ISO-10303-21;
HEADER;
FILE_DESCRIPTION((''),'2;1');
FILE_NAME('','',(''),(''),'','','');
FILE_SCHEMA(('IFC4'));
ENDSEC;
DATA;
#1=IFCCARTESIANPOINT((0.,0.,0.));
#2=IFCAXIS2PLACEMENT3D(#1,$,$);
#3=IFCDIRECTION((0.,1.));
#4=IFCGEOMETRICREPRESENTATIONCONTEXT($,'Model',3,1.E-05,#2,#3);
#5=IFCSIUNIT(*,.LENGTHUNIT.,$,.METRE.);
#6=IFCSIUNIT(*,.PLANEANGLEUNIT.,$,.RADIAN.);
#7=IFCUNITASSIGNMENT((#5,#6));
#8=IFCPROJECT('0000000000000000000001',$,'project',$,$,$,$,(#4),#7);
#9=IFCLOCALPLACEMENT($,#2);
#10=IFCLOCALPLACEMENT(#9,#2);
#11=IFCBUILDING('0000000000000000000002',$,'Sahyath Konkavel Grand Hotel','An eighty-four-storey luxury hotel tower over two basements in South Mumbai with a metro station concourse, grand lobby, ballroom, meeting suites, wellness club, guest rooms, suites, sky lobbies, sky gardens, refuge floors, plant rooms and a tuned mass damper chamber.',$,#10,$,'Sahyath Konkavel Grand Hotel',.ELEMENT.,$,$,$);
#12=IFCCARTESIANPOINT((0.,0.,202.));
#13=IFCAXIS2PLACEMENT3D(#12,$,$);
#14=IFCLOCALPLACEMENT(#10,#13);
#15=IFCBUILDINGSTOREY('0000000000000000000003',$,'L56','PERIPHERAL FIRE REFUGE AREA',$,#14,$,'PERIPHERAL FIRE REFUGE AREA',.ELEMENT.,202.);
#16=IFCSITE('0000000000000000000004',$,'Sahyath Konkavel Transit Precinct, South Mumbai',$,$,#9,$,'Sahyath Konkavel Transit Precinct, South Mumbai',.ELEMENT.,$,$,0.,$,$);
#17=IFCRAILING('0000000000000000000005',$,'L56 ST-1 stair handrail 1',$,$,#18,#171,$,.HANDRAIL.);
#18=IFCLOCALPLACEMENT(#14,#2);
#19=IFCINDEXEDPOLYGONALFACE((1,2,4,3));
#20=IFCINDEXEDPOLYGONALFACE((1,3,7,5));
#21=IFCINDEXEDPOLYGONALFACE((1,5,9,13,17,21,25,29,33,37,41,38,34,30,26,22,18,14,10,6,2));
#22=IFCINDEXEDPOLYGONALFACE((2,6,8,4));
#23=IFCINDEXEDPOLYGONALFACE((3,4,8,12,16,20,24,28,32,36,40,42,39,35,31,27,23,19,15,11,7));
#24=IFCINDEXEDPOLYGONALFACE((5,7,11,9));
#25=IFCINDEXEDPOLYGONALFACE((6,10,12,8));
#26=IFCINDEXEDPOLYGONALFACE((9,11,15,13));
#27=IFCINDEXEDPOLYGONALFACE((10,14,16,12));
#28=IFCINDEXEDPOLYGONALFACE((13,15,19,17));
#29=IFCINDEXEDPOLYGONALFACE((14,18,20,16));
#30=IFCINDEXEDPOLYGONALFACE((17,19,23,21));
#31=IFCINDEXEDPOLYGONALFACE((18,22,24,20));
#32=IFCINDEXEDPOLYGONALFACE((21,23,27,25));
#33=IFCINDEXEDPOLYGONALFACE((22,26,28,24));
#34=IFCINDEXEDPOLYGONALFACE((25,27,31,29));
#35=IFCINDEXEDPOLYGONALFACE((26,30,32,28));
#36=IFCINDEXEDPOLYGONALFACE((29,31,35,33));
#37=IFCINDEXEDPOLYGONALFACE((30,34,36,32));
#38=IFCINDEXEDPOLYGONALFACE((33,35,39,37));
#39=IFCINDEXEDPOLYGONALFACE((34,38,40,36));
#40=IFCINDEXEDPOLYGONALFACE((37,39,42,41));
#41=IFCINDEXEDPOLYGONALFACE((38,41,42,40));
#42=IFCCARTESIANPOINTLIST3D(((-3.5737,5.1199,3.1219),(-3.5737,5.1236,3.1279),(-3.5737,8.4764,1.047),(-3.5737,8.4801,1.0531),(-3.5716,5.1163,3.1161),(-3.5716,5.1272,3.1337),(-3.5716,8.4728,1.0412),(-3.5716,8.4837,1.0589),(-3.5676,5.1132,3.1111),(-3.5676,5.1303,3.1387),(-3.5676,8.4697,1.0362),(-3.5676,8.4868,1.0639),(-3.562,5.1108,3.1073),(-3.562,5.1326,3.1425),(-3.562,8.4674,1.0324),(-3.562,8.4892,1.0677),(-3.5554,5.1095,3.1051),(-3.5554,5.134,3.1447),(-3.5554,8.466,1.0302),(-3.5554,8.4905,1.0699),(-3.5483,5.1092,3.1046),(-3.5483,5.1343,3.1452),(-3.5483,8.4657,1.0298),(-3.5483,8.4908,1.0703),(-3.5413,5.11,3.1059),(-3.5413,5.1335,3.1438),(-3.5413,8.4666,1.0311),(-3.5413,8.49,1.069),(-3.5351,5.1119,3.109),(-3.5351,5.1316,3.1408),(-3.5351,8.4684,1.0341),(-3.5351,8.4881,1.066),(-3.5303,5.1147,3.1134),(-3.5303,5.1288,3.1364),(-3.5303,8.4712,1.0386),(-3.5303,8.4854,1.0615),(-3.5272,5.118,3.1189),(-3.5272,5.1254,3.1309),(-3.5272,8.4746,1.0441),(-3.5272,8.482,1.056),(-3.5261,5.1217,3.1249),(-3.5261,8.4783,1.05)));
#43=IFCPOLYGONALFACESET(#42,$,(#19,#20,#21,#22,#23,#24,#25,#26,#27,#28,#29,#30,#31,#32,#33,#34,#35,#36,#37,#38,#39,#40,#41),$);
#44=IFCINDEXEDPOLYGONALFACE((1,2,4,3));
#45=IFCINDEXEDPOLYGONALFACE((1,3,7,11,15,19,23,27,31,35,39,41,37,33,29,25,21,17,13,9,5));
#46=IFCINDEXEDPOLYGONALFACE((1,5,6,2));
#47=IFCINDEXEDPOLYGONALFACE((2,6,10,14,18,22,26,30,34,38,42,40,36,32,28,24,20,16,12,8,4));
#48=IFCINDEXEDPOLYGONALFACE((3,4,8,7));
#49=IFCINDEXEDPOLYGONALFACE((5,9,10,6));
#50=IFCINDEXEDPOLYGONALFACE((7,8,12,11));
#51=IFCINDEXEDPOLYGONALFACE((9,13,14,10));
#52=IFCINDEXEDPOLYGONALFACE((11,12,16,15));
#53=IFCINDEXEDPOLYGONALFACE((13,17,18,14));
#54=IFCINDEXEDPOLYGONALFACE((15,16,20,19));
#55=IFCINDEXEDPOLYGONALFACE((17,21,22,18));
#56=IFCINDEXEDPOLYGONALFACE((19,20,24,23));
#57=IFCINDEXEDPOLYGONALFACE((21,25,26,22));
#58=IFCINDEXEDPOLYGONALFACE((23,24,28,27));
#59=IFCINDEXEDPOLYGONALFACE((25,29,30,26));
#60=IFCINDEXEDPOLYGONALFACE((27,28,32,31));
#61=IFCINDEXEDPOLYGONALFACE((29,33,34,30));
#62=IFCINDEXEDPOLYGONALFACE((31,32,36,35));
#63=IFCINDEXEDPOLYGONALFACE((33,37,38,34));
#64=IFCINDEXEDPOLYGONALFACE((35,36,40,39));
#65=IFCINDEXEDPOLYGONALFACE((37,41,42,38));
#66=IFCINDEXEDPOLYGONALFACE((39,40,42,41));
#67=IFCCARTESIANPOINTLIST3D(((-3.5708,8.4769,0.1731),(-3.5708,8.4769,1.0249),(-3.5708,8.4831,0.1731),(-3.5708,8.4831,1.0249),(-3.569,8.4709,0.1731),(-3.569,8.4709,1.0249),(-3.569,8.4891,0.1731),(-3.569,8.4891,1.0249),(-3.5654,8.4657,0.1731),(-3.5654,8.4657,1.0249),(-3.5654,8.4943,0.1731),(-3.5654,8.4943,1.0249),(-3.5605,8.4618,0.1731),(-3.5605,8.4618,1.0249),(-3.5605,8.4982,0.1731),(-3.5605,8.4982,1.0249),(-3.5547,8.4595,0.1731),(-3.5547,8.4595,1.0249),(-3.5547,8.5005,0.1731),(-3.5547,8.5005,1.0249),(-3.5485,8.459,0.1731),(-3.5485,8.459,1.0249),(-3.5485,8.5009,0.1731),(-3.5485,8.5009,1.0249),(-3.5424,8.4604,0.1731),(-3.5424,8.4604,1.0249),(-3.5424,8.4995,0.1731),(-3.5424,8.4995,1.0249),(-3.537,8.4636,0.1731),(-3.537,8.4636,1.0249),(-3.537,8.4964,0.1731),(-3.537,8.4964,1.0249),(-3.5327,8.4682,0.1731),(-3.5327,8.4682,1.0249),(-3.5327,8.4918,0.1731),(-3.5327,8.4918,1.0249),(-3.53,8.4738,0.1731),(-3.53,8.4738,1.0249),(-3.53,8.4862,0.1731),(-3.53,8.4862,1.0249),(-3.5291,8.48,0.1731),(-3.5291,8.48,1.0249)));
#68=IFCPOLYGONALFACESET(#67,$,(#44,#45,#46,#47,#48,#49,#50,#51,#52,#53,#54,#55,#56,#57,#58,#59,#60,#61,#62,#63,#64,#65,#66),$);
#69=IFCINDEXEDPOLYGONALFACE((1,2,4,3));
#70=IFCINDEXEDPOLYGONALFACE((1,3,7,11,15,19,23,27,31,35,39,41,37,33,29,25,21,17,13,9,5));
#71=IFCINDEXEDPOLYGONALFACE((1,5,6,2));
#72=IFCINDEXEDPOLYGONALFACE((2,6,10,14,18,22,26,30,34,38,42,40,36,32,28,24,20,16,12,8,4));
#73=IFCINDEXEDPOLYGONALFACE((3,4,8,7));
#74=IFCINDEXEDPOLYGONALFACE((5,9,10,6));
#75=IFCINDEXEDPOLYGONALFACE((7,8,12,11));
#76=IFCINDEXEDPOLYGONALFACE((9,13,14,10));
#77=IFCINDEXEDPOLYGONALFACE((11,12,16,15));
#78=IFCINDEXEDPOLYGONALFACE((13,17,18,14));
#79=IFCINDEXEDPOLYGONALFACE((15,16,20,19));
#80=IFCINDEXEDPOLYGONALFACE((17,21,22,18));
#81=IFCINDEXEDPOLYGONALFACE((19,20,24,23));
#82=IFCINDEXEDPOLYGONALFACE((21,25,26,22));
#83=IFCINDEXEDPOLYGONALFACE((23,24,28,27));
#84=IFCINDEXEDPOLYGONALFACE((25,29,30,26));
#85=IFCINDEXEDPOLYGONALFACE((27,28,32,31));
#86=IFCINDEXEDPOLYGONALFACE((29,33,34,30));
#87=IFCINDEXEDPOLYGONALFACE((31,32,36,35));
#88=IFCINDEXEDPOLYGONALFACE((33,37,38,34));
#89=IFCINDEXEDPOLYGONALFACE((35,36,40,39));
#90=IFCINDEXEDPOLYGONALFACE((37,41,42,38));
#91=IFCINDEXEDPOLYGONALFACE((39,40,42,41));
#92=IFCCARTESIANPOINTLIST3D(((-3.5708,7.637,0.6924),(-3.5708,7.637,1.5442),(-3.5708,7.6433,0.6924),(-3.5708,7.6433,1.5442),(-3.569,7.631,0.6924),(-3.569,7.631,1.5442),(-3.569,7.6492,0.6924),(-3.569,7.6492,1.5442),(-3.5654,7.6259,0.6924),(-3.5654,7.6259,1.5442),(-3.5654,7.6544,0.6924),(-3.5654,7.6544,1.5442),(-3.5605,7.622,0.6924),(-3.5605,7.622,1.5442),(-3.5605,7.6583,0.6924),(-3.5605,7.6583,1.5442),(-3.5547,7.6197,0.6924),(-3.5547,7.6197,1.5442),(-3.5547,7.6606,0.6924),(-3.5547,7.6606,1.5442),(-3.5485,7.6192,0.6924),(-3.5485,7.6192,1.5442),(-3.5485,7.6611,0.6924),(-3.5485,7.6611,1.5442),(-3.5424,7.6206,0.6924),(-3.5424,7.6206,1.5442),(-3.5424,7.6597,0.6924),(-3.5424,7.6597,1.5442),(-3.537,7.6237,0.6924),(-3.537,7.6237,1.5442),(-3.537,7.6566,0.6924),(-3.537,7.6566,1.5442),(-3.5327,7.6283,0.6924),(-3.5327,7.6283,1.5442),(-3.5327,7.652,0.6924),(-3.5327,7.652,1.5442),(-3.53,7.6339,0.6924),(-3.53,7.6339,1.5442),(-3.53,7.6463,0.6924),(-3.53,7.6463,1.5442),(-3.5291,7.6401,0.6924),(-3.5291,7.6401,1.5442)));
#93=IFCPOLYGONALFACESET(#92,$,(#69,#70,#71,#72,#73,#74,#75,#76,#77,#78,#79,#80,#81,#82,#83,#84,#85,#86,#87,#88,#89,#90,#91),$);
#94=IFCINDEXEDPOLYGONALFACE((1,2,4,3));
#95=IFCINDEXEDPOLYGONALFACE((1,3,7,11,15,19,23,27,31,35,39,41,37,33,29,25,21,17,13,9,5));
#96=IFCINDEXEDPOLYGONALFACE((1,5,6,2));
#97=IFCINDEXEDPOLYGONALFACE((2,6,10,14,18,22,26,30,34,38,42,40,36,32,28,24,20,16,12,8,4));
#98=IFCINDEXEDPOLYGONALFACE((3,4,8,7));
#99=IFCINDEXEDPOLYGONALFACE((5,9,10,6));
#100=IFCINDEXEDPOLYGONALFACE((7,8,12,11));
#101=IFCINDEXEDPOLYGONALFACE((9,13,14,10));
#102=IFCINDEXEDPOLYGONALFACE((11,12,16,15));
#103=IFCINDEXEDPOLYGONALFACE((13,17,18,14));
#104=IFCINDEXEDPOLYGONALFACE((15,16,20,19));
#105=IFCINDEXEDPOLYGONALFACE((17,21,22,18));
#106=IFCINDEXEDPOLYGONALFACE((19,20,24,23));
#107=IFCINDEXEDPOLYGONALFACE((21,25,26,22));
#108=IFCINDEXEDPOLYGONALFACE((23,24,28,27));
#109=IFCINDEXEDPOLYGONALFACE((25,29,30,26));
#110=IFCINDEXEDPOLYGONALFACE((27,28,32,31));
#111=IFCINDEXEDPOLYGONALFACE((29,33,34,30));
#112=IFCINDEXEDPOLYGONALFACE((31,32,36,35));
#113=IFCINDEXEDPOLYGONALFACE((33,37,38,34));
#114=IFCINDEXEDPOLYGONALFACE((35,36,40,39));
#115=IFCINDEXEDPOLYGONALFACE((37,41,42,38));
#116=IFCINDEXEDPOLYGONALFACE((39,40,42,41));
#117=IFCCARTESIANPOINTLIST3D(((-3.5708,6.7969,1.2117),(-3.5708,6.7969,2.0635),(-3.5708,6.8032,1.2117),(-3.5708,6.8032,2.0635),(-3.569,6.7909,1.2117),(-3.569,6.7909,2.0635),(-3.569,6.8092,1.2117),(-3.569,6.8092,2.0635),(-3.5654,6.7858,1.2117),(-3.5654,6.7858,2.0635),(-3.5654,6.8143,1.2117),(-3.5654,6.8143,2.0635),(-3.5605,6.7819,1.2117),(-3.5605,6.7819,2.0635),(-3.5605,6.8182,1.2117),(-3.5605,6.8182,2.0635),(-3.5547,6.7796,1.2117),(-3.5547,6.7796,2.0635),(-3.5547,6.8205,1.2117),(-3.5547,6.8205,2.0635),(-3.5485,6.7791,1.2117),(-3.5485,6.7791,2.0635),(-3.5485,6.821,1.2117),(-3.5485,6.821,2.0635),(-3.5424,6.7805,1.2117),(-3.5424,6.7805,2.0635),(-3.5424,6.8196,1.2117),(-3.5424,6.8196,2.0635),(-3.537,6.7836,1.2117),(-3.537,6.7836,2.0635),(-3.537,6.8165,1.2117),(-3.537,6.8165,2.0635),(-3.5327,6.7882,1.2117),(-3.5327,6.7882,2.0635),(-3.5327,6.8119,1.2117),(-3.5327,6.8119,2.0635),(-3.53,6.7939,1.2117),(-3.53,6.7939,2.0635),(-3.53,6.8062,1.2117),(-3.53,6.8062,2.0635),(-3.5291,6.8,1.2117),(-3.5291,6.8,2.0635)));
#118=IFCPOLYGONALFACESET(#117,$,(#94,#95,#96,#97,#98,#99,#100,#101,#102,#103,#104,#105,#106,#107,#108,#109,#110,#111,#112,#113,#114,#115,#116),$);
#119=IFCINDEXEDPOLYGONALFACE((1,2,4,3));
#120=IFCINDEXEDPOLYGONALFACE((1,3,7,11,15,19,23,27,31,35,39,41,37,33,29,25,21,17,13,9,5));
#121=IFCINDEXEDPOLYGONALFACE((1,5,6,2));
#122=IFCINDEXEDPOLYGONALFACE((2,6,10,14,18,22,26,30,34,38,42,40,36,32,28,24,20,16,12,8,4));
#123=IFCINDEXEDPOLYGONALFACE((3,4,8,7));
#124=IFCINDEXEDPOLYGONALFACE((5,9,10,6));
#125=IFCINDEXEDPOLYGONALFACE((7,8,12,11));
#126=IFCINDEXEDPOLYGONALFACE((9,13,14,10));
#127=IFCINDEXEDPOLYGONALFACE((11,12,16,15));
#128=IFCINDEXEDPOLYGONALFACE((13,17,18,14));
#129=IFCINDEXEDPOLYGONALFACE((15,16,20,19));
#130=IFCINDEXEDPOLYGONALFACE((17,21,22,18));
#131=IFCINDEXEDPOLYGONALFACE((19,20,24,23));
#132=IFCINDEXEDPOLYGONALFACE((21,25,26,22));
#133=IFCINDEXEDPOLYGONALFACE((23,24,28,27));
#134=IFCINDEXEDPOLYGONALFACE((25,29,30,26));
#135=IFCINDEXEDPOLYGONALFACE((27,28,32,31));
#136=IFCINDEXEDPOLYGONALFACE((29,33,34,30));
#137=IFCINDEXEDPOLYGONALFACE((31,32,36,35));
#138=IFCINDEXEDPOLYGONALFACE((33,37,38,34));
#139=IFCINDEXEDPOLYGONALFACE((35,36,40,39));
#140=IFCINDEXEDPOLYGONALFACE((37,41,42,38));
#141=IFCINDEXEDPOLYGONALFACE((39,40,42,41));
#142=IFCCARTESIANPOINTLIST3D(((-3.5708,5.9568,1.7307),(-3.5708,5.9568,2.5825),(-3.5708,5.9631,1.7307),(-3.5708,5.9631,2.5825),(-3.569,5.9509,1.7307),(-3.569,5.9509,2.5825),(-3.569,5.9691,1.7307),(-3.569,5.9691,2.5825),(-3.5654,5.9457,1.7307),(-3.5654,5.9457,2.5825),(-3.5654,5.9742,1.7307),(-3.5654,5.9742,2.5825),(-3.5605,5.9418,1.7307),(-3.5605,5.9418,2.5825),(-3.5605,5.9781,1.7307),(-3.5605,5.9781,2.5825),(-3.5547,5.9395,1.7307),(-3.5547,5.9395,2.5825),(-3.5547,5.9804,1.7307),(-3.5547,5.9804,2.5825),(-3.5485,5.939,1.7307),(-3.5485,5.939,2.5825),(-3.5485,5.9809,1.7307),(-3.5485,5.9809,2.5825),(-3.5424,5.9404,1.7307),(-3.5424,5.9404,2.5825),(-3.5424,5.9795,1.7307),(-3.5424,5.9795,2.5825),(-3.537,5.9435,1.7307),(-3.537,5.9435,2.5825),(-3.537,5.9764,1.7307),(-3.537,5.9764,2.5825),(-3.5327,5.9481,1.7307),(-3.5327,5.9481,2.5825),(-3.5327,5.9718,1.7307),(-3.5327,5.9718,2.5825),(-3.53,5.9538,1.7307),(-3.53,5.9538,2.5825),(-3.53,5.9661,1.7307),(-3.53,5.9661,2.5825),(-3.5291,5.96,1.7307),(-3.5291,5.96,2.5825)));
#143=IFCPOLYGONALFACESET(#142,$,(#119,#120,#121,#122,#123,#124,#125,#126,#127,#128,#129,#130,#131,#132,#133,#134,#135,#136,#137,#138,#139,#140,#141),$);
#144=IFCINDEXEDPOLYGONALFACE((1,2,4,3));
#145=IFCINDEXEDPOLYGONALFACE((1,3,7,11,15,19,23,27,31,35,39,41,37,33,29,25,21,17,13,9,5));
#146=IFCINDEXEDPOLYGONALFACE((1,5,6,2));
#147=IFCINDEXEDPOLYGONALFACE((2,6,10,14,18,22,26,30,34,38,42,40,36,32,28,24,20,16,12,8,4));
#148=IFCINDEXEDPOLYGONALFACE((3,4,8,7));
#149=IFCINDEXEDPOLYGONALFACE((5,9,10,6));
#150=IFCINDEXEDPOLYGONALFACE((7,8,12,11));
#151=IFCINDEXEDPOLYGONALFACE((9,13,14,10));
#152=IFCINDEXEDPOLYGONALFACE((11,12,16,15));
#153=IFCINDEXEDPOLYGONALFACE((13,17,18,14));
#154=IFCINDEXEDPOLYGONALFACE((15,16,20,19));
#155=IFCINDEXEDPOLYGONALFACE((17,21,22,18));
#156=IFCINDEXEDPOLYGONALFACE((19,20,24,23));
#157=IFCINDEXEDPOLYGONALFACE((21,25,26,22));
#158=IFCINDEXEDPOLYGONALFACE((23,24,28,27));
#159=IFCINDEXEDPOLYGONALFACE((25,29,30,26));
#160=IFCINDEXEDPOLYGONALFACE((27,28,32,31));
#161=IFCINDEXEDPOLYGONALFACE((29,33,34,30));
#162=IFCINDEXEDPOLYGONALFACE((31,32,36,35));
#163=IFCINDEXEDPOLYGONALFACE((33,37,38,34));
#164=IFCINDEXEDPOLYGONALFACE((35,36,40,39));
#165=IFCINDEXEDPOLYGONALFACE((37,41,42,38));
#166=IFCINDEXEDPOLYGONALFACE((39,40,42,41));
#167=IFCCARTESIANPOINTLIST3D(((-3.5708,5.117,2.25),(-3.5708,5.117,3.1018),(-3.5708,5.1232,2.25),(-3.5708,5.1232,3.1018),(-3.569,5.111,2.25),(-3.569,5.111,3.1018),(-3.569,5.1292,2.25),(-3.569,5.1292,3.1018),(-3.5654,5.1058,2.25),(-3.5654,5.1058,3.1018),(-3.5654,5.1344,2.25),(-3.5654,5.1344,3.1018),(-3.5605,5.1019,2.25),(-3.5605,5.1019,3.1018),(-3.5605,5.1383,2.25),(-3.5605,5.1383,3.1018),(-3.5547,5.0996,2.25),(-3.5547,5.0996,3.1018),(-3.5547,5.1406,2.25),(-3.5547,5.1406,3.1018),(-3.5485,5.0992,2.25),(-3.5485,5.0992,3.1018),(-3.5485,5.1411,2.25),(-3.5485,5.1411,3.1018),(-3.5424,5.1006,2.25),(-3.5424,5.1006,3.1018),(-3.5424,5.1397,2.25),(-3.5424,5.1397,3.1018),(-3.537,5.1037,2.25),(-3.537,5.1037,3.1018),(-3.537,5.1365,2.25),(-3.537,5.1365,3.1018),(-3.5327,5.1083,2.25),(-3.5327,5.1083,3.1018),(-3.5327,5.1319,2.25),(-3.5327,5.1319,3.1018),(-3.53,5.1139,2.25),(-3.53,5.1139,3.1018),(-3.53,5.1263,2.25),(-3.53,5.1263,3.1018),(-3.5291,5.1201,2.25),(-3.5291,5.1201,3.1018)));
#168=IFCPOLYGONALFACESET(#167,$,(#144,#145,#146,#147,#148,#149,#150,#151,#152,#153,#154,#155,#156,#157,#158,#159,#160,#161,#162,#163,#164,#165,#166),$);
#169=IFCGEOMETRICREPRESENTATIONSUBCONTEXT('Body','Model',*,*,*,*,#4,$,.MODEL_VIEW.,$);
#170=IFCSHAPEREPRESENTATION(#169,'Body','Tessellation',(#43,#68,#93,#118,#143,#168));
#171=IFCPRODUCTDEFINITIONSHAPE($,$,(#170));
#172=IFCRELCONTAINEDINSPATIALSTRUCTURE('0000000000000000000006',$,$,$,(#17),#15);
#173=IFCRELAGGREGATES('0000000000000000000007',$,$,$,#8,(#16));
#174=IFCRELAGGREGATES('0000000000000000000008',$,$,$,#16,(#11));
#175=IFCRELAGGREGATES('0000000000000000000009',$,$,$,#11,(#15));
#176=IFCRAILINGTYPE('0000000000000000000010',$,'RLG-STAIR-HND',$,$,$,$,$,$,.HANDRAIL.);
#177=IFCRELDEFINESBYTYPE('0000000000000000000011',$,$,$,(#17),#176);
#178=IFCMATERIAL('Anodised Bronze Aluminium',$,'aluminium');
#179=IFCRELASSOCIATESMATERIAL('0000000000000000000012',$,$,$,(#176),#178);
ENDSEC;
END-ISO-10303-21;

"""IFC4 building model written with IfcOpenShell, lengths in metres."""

from ifc_helpers import new_model, si_unit, direction, frame, origin, origin_2d, place, context, subcontext, project, spatial, circle, extrude, material, type_object, element, save


model = new_model("IFC4")

# Units and contexts
model_context = context("Model", 3, precision=1e-05, world=origin(), true_north=direction((0.0, 1.0)))
body_context = subcontext(model_context, "Body", "Model", "MODEL_VIEW")
ifc_project = project(units=[si_unit("LENGTHUNIT", "METRE"), si_unit("PLANEANGLEUNIT", "RADIAN")], contexts=[model_context])

# Site, building, storey
site_placement = place(None, origin())
site = spatial("IfcSite", under=ifc_project, at=site_placement, Name="Sahyath Konkavel Transit Precinct, South Mumbai", LongName="Sahyath Konkavel Transit Precinct, South Mumbai", CompositionType="ELEMENT", RefElevation=0.0)
building_placement = place(site_placement, origin())
building = spatial("IfcBuilding", under=site, at=building_placement, Name="Sahyath Konkavel Grand Hotel", Description="An eighty-four-storey luxury hotel tower over two basements in South Mumbai with a metro station concourse, grand lobby, ballroom, meeting suites, wellness club, guest rooms, suites, sky lobbies, sky gardens, refuge floors, plant rooms and a tuned mass damper chamber.", LongName="Sahyath Konkavel Grand Hotel", CompositionType="ELEMENT")
storey_placement = place(building_placement, frame((0.0, 0.0, 202.0)))
storey = spatial("IfcBuildingStorey", under=building, at=storey_placement, Name="L56", Description="PERIPHERAL FIRE REFUGE AREA", LongName="PERIPHERAL FIRE REFUGE AREA", CompositionType="ELEMENT", Elevation=202.0)

# Shared definitions
ifc_material_1 = material(Name="Anodised Bronze Aluminium", Category="aluminium")

# Railing
railing_type_1 = type_object("IfcRailingType", Name="RLG-STAIR-HND", PredefinedType="HANDRAIL", material=ifc_material_1)
railing_1_placement = place(storey_placement, frame((-3.55, 8.48, 0.1731)))
element("IfcRailing", 1, at=railing_1_placement, inside=storey, type_object=railing_type_1, Name="L56 ST-1 stair handrail 1", PredefinedType="HANDRAIL", context=body_context, shape_type="SweptSolid", body=[
    extrude(circle(Radius=0.0239, at=origin_2d()), frame((0.0, -0.0017, 0.877), z_axis=(0.0, -0.850606, 0.525803), x_axis=(1.0, 0.0, 0.0)), (0.0, 0.0, 1.0), 3.946),
    extrude(circle(Radius=0.021, at=origin_2d()), origin(), (0.0, 0.0, 1.0), 0.8518),
    extrude(circle(Radius=0.021, at=origin_2d()), frame((0.0, -0.8398, 0.5193)), (0.0, 0.0, 1.0), 0.8518),
    extrude(circle(Radius=0.021, at=origin_2d()), frame((0.0, -1.6799, 1.0386)), (0.0, 0.0, 1.0), 0.8518),
    extrude(circle(Radius=0.021, at=origin_2d()), frame((0.0, -2.52, 1.5576)), (0.0, 0.0, 1.0), 0.8518),
    extrude(circle(Radius=0.021, at=origin_2d()), frame((0.0, -3.3599, 2.0769)), (0.0, 0.0, 1.0), 0.8518),
])

save(model, "model.ifc")
